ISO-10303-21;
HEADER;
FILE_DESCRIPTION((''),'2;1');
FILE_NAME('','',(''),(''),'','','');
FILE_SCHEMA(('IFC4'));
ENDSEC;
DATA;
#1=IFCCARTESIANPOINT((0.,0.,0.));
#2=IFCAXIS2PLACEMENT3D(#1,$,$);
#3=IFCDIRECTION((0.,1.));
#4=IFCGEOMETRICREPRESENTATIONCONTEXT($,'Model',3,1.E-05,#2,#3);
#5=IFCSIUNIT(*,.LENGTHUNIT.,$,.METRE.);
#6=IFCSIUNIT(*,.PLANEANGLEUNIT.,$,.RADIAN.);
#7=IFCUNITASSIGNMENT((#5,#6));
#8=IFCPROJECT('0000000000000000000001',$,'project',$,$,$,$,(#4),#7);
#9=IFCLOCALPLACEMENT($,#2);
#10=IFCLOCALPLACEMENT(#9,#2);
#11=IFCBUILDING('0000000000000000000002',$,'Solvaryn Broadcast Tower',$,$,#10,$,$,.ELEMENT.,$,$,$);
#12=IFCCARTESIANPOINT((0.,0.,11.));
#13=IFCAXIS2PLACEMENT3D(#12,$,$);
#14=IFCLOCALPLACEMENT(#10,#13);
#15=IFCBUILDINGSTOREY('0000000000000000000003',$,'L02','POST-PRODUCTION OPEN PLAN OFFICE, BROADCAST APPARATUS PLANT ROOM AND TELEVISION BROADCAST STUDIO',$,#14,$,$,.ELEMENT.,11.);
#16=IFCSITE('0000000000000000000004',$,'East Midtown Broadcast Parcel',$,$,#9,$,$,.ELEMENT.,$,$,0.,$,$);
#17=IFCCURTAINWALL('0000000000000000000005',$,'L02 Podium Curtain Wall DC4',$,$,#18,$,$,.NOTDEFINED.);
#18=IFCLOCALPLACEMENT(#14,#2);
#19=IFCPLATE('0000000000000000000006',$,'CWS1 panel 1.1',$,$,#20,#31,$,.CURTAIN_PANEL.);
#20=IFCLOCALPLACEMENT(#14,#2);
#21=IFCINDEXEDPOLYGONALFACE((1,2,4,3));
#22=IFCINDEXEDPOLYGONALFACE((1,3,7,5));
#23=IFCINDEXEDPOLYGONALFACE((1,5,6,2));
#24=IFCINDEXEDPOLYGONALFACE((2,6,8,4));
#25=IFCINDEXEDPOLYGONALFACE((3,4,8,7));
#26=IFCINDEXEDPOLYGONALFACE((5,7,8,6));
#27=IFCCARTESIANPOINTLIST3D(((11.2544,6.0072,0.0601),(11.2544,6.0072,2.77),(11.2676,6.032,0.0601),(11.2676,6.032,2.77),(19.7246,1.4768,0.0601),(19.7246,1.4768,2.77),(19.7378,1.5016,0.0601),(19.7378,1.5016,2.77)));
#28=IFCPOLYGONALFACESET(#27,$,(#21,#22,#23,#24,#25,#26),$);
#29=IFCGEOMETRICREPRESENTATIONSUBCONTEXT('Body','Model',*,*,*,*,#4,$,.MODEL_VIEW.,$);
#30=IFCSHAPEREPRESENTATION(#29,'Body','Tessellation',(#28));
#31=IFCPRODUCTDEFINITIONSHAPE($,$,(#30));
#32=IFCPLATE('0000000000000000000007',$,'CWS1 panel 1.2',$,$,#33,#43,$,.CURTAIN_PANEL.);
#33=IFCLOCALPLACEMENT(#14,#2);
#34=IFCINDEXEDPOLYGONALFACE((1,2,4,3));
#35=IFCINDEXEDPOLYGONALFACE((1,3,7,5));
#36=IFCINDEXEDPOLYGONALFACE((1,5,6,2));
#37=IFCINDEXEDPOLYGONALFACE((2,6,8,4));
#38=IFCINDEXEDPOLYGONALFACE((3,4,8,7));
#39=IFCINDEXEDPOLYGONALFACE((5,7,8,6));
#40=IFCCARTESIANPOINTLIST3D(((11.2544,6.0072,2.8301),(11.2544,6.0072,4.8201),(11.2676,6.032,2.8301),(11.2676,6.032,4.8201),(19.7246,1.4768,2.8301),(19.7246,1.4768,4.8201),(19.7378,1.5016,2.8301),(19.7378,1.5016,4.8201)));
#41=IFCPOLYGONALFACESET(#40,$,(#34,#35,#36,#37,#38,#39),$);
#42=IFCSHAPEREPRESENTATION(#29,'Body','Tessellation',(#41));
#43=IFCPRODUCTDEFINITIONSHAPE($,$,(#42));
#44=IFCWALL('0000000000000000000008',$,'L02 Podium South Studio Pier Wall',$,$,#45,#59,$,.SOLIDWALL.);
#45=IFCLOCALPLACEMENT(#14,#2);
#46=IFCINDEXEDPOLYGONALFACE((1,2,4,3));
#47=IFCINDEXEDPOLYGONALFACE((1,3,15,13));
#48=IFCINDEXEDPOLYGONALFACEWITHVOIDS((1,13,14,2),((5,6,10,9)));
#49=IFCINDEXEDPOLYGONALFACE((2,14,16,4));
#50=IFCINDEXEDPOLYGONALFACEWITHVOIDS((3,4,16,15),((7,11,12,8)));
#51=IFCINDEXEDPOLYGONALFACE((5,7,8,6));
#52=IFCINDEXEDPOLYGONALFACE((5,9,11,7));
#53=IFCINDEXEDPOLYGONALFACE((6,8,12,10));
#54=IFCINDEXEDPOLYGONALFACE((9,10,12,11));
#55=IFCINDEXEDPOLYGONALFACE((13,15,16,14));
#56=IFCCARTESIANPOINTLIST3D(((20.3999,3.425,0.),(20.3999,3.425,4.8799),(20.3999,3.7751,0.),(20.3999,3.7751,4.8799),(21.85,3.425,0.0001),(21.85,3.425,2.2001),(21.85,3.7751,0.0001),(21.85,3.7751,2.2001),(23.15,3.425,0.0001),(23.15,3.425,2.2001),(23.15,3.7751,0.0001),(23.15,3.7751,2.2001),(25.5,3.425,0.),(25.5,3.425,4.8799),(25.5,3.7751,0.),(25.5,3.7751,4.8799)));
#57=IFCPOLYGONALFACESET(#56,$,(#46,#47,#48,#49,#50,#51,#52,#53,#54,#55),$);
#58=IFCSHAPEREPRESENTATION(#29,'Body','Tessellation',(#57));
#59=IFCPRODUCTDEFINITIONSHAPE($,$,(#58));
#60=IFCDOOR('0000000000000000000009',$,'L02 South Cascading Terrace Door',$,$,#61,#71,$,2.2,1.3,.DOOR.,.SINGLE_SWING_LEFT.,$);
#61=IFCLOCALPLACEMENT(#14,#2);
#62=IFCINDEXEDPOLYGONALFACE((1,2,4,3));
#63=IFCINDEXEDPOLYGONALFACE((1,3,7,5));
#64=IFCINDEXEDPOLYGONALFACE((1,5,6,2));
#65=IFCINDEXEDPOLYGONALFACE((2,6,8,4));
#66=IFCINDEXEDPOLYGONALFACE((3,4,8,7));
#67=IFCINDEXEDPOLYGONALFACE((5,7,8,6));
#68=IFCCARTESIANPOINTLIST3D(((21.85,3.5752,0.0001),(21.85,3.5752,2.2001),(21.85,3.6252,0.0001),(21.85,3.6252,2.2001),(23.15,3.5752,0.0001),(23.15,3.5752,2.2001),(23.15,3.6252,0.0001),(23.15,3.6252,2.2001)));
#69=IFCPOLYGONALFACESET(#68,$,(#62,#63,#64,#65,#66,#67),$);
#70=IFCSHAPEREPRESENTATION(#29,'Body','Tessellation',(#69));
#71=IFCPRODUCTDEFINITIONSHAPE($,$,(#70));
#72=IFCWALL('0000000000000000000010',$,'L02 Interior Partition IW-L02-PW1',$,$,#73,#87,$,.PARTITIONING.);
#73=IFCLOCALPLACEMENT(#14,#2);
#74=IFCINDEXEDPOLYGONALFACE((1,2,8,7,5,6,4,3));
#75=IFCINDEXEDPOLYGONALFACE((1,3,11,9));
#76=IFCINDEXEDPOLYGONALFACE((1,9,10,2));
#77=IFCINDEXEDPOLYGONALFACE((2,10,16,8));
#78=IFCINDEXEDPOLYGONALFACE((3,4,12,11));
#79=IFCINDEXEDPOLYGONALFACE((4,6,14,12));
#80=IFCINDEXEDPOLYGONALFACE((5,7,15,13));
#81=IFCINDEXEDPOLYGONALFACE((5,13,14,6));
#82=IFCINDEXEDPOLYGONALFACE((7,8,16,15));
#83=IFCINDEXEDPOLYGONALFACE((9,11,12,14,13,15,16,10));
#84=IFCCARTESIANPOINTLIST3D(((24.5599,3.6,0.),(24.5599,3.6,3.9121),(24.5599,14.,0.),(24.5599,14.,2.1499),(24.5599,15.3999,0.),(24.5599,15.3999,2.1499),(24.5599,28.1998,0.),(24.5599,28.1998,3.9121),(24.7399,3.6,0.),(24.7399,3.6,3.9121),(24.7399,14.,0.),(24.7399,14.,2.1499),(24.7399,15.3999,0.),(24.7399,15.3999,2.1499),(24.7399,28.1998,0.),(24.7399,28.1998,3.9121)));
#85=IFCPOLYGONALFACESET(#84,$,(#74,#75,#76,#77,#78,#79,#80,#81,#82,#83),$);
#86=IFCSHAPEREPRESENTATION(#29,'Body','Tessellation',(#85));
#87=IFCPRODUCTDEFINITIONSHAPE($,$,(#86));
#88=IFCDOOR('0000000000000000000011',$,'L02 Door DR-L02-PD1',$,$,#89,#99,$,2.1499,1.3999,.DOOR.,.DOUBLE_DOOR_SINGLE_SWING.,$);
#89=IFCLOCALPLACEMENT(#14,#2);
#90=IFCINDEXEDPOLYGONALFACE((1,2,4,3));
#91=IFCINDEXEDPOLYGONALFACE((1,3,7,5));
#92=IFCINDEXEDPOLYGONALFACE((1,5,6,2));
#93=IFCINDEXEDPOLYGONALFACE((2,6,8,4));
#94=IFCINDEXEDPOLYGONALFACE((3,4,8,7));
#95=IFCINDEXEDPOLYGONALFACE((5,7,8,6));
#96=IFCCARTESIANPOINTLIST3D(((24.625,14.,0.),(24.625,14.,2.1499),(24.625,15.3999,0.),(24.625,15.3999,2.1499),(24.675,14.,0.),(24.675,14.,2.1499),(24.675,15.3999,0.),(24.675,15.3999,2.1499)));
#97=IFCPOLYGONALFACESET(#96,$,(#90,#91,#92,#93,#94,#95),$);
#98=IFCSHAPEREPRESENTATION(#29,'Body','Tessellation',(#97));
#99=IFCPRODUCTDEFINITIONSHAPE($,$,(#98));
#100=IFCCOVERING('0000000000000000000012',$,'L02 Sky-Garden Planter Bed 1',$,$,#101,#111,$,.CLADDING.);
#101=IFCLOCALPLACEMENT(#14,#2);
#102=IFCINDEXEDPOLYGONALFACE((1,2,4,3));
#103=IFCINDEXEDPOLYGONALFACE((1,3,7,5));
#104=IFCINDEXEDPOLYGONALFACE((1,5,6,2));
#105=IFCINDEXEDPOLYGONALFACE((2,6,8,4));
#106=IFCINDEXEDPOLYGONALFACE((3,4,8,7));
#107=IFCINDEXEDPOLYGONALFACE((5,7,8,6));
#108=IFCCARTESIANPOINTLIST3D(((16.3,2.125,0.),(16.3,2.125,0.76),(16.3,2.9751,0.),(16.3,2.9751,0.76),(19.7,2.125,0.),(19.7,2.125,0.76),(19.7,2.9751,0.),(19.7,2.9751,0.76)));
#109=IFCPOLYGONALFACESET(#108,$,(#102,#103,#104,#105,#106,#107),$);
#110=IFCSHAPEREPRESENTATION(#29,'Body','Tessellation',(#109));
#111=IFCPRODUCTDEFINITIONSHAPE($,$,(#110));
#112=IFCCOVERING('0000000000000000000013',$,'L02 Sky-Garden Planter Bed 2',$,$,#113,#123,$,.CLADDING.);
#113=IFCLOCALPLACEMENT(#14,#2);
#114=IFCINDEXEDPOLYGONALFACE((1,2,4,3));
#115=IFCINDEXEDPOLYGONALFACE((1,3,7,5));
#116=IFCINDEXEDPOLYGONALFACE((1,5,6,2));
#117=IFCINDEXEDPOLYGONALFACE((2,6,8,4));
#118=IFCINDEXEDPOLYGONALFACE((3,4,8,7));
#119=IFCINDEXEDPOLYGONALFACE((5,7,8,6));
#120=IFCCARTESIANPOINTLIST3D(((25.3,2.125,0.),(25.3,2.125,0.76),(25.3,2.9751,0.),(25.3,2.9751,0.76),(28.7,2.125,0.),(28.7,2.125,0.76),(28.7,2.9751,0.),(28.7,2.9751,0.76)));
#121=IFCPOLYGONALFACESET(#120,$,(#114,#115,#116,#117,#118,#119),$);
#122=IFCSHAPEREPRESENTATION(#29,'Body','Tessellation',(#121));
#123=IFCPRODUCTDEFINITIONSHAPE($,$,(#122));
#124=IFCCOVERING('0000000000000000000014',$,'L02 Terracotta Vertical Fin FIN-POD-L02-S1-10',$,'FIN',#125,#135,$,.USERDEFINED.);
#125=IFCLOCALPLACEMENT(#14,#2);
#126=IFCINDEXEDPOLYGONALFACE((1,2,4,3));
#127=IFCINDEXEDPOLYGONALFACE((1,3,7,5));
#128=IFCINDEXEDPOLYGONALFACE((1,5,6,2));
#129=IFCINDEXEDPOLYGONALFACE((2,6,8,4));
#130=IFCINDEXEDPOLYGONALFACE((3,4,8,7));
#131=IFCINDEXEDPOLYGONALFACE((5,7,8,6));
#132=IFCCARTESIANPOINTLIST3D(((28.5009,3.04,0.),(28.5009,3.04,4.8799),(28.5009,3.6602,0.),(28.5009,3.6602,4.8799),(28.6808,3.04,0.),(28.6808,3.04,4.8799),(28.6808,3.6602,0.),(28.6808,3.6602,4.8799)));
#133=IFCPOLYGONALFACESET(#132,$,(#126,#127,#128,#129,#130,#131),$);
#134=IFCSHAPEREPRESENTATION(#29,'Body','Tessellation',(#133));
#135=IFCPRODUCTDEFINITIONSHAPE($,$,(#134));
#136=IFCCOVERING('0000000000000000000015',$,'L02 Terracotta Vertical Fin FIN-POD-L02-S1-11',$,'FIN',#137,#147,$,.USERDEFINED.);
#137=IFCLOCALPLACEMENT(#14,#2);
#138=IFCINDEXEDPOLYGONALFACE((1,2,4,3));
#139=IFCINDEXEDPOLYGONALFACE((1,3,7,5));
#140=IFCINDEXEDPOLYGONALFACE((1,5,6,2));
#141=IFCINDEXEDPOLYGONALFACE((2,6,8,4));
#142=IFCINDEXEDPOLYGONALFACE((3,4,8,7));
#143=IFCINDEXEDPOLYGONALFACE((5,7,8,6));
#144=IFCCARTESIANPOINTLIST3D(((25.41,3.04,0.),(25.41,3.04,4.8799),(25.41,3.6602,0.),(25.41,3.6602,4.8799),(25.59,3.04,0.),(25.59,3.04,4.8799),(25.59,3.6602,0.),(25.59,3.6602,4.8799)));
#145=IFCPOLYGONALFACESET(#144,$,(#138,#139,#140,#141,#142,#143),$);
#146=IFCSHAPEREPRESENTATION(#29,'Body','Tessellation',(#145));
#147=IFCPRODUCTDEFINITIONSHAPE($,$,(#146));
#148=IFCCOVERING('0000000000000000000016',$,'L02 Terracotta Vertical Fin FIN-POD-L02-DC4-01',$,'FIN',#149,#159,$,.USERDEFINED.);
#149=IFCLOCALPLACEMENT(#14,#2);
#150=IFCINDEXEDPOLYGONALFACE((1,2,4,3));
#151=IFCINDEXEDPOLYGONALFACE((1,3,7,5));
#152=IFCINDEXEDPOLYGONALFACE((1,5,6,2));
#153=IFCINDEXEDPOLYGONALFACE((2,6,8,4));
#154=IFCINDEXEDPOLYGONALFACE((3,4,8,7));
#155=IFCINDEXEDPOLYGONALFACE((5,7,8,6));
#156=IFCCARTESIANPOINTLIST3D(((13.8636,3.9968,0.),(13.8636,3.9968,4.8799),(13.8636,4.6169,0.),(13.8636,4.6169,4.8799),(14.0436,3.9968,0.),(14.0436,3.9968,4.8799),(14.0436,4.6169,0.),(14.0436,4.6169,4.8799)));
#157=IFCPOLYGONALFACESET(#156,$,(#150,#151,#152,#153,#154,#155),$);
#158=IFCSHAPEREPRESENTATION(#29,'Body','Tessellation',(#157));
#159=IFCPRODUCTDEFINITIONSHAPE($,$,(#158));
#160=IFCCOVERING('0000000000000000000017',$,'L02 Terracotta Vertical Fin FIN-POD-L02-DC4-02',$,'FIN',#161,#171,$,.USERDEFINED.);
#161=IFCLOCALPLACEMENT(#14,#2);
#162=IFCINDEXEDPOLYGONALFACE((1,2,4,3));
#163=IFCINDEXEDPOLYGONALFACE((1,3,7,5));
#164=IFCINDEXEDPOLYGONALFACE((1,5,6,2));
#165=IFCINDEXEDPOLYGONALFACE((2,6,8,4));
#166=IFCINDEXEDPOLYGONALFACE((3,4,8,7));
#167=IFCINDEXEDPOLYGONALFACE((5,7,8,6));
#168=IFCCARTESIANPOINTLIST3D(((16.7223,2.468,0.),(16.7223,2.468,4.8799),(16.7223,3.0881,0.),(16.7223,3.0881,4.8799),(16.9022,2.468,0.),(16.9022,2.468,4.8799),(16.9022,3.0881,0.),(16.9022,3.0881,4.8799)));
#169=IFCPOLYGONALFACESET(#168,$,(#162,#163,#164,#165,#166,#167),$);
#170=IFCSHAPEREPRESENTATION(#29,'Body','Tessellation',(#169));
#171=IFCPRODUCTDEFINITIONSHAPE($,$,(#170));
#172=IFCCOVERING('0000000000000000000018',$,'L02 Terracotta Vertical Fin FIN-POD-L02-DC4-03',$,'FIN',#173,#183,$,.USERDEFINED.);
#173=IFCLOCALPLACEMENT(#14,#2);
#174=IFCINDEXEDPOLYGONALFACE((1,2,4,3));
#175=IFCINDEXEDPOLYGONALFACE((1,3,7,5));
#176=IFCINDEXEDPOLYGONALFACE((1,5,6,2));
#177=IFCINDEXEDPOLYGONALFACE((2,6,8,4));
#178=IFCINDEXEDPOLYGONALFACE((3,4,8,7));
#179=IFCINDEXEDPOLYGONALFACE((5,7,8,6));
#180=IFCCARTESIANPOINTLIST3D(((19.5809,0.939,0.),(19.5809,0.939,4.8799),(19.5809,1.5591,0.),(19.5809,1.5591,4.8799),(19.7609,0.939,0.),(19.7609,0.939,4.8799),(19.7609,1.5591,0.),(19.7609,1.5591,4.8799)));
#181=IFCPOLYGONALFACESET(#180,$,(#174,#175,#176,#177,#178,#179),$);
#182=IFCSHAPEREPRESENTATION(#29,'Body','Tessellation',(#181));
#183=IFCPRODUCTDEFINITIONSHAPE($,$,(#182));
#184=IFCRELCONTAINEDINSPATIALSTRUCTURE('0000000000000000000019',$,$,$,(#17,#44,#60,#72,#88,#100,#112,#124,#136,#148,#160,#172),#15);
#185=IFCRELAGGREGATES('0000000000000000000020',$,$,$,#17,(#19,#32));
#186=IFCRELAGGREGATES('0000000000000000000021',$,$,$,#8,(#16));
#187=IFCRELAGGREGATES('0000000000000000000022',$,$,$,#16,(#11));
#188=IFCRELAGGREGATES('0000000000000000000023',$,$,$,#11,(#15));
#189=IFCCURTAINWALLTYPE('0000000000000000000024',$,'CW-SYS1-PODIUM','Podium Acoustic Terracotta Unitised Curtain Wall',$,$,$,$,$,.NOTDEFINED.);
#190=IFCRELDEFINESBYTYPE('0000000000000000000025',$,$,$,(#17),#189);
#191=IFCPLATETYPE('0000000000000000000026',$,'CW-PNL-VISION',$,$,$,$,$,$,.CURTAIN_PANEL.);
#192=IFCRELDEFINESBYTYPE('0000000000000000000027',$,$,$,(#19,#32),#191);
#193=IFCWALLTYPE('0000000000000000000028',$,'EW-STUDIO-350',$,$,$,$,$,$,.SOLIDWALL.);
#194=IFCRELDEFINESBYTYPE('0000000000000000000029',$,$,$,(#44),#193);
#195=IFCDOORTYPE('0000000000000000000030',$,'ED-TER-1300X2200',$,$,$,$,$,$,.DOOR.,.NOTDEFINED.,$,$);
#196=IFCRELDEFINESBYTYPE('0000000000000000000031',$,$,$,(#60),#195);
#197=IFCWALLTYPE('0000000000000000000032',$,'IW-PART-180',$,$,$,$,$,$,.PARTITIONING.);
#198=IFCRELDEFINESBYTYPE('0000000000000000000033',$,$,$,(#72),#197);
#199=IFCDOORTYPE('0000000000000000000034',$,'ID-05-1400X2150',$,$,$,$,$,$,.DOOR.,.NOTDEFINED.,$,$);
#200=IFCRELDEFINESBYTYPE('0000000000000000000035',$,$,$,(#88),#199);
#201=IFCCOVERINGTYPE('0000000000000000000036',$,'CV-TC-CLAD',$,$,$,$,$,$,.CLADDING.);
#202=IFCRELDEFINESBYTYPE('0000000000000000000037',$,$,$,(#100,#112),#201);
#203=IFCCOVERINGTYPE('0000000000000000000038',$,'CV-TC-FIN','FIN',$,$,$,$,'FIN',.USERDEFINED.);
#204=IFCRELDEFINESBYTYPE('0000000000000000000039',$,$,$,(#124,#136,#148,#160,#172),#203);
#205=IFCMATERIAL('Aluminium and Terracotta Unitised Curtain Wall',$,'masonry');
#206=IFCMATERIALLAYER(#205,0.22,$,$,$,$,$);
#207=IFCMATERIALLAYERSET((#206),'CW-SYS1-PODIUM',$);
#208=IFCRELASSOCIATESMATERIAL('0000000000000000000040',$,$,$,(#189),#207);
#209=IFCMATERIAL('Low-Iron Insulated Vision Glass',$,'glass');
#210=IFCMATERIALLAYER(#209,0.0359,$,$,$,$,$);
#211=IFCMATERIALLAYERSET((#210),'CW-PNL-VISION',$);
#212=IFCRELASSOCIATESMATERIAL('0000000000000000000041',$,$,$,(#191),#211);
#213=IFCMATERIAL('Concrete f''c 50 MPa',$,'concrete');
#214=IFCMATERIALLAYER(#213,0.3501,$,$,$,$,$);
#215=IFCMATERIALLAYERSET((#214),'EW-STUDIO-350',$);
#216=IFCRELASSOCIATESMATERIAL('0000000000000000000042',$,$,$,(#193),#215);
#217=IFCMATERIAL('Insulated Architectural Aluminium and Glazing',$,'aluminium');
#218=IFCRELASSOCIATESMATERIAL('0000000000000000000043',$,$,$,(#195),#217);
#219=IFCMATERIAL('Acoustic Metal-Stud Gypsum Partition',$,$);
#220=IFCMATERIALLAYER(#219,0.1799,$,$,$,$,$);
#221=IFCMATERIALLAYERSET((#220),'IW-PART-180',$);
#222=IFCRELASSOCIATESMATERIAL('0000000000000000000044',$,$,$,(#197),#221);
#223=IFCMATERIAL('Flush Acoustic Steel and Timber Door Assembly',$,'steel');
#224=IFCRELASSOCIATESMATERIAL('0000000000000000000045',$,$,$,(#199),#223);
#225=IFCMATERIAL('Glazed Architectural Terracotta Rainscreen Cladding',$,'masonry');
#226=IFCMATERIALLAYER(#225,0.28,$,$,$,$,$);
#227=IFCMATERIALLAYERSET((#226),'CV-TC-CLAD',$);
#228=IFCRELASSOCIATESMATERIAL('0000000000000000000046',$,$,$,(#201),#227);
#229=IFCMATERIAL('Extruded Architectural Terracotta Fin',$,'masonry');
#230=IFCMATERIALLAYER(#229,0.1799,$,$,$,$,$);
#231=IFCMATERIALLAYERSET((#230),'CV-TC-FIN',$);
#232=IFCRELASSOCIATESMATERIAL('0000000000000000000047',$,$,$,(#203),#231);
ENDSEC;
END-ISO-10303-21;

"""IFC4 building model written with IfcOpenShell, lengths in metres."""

from ifc_helpers import new_model, si_unit, direction, frame, frame_2d, origin, origin_2d, place, context, subcontext, project, spatial, rectangle, extrude, material, layer, layer_set, type_object, element, fill, aggregate, save


model = new_model("IFC4")

# Units and contexts
model_context = context("Model", 3, precision=1e-05, world=origin(), true_north=direction((0.0, 1.0)))
body_context = subcontext(model_context, "Body", "Model", "MODEL_VIEW")
ifc_project = project(units=[si_unit("LENGTHUNIT", "METRE"), si_unit("PLANEANGLEUNIT", "RADIAN")], contexts=[model_context])

# Site, building, storey
site_placement = place(None, origin())
site = spatial("IfcSite", under=ifc_project, at=site_placement, Name="East Midtown Broadcast Parcel", CompositionType="ELEMENT", RefElevation=0.0)
building_placement = place(site_placement, origin())
building = spatial("IfcBuilding", under=site, at=building_placement, Name="Solvaryn Broadcast Tower", CompositionType="ELEMENT")
storey_placement = place(building_placement, frame((0.0, 0.0, 11.0)))
storey = spatial("IfcBuildingStorey", under=building, at=storey_placement, Name="L02", Description="POST-PRODUCTION OPEN PLAN OFFICE, BROADCAST APPARATUS PLANT ROOM AND TELEVISION BROADCAST STUDIO", CompositionType="ELEMENT", Elevation=11.0)

# Shared definitions
ifc_material_1 = material(Name="Aluminium and Terracotta Unitised Curtain Wall", Category="masonry")
ifc_layer_1 = layer(ifc_material_1, 0.22)
ifc_layer_set_1 = layer_set([ifc_layer_1], Name="CW-SYS1-PODIUM")
curtain_wall_type = type_object("IfcCurtainWallType", Name="CW-SYS1-PODIUM", Description="Podium Acoustic Terracotta Unitised Curtain Wall", PredefinedType="NOTDEFINED", material=ifc_layer_set_1)

# Curtain wall, plates
curtain_wall_1_placement = place(storey_placement, origin())
curtain_wall_1 = element("IfcCurtainWall", 1, at=curtain_wall_1_placement, inside=storey, type_object=curtain_wall_type, Name="L02 Podium Curtain Wall DC4", PredefinedType="NOTDEFINED")
ifc_material_2 = material(Name="Low-Iron Insulated Vision Glass", Category="glass")
ifc_layer_2 = layer(ifc_material_2, 0.0359)
ifc_layer_set_2 = layer_set([ifc_layer_2], Name="CW-PNL-VISION")
plate_type = type_object("IfcPlateType", Name="CW-PNL-VISION", PredefinedType="CURTAIN_PANEL", material=ifc_layer_set_2)
plate_1_placement = place(storey_placement, frame((15.4961, 3.7544, 0.0601), z_axis=(0.0, 0.0, 1.0), x_axis=(0.881792, -0.471639, 0.0)))
plate_1 = element("IfcPlate", 2, at=plate_1_placement, type_object=plate_type, Name="CWS1 panel 1.1", PredefinedType="CURTAIN_PANEL", context=body_context, shape_type="SweptSolid", body=[
    extrude(rectangle(XDim=9.6057, YDim=0.0281, at=origin_2d()), origin(), (0.0, 0.0, 1.0), 2.71),
])
plate_2_placement = place(storey_placement, frame((15.4961, 3.7544, 2.8301), z_axis=(0.0, 0.0, 1.0), x_axis=(0.881792, -0.471639, 0.0)))
plate_2 = element("IfcPlate", 3, at=plate_2_placement, type_object=plate_type, Name="CWS1 panel 1.2", PredefinedType="CURTAIN_PANEL", context=body_context, shape_type="SweptSolid", body=[
    extrude(rectangle(XDim=9.6057, YDim=0.0281, at=origin_2d()), origin(), (0.0, 0.0, 1.0), 1.99),
])
aggregate(curtain_wall_1, [plate_1, plate_2])

# Walls, openings, doors
ifc_material_3 = material(Name="Concrete f'c 50 MPa", Category="concrete")
ifc_layer_3 = layer(ifc_material_3, 0.3501)
ifc_layer_set_3 = layer_set([ifc_layer_3], Name="EW-STUDIO-350")
wall_type_1 = type_object("IfcWallType", Name="EW-STUDIO-350", PredefinedType="SOLIDWALL", material=ifc_layer_set_3)
wall_1_placement = place(storey_placement, frame((25.5, 3.6001, 0.0), z_axis=(0.0, 0.0, 1.0), x_axis=(-1.0, 0.0, 0.0)))
wall_1 = element("IfcWall", 4, at=wall_1_placement, inside=storey, type_object=wall_type_1, Name="L02 Podium South Studio Pier Wall", PredefinedType="SOLIDWALL", context=body_context, shape_type="SweptSolid", body=[
    extrude(rectangle(XDim=5.1001, YDim=0.3501, at=frame_2d((2.55, 0.0))), origin(), (0.0, 0.0, 1.0), 4.8799),
])
opening_1_placement = place(wall_1_placement, frame((2.3501, 0.0, 0.0)))
opening_1 = element("IfcOpeningElement", 5, at=opening_1_placement, cuts=wall_1, PredefinedType="OPENING", context=body_context, shape_type="SweptSolid", body=[
    extrude(rectangle(XDim=1.3, YDim=2.2, at=frame_2d((0.6499, 1.1001))), frame((0.0, 0.1851, 0.0), z_axis=(0.0, -1.0, 0.0), x_axis=(1.0, 0.0, 0.0)), (0.0, 0.0, 1.0), 0.3701),
])
ifc_material_4 = material(Name="Insulated Architectural Aluminium and Glazing", Category="aluminium")
door_type_1 = type_object("IfcDoorType", Name="ED-TER-1300X2200", OperationType="NOTDEFINED", PredefinedType="DOOR", material=ifc_material_4)
door_1_placement = place(opening_1_placement, origin())
door_1 = element("IfcDoor", 6, at=door_1_placement, inside=storey, type_object=door_type_1, Name="L02 South Cascading Terrace Door", OperationType="SINGLE_SWING_LEFT", OverallHeight=2.2, OverallWidth=1.3, PredefinedType="DOOR", context=body_context, shape_type="SweptSolid", body=[
    extrude(rectangle(XDim=1.3, YDim=2.2, at=frame_2d((0.6499, 1.1001))), frame((0.0, 0.0249, 0.0), z_axis=(0.0, -1.0, 0.0), x_axis=(1.0, 0.0, 0.0)), (0.0, 0.0, 1.0), 0.05),
])
fill(opening_1, door_1)
ifc_material_5 = material(Name="Acoustic Metal-Stud Gypsum Partition")
ifc_layer_4 = layer(ifc_material_5, 0.1799)
ifc_layer_set_4 = layer_set([ifc_layer_4], Name="IW-PART-180")
wall_type_2 = type_object("IfcWallType", Name="IW-PART-180", PredefinedType="PARTITIONING", material=ifc_layer_set_4)
wall_2_placement = place(storey_placement, frame((24.6499, 3.6001, 0.0), z_axis=(0.0, 0.0, 1.0), x_axis=(0.0, 1.0, 0.0)))
wall_2 = element("IfcWall", 7, at=wall_2_placement, inside=storey, type_object=wall_type_2, Name="L02 Interior Partition IW-L02-PW1", PredefinedType="PARTITIONING", context=body_context, shape_type="SweptSolid", body=[
    extrude(rectangle(XDim=24.5999, YDim=0.1799, at=frame_2d((12.2998, 0.0))), origin(), (0.0, 0.0, 1.0), 3.9121),
])
opening_2_placement = place(wall_2_placement, frame((10.3999, 0.0, 0.0)))
opening_2 = element("IfcOpeningElement", 8, at=opening_2_placement, cuts=wall_2, PredefinedType="OPENING", context=body_context, shape_type="SweptSolid", body=[
    extrude(rectangle(XDim=1.3999, YDim=2.1499, at=frame_2d((0.7, 1.075))), frame((0.0, 0.0999, 0.0), z_axis=(0.0, -1.0, 0.0), x_axis=(1.0, 0.0, 0.0)), (0.0, 0.0, 1.0), 0.2),
])
ifc_material_6 = material(Name="Flush Acoustic Steel and Timber Door Assembly", Category="steel")
door_type_2 = type_object("IfcDoorType", Name="ID-05-1400X2150", OperationType="NOTDEFINED", PredefinedType="DOOR", material=ifc_material_6)
door_2_placement = place(opening_2_placement, origin())
door_2 = element("IfcDoor", 9, at=door_2_placement, inside=storey, type_object=door_type_2, Name="L02 Door DR-L02-PD1", OperationType="DOUBLE_DOOR_SINGLE_SWING", OverallHeight=2.1499, OverallWidth=1.3999, PredefinedType="DOOR", context=body_context, shape_type="SweptSolid", body=[
    extrude(rectangle(XDim=1.3999, YDim=2.1499, at=frame_2d((0.7, 1.075))), frame((0.0, 0.0249, 0.0), z_axis=(0.0, -1.0, 0.0), x_axis=(1.0, 0.0, 0.0)), (0.0, 0.0, 1.0), 0.05),
])
fill(opening_2, door_2)

# Coverings
ifc_material_7 = material(Name="Glazed Architectural Terracotta Rainscreen Cladding", Category="masonry")
ifc_layer_5 = layer(ifc_material_7, 0.28)
ifc_layer_set_5 = layer_set([ifc_layer_5], Name="CV-TC-CLAD")
covering_type_1 = type_object("IfcCoveringType", Name="CV-TC-CLAD", PredefinedType="CLADDING", material=ifc_layer_set_5)
for number, where, z_axis, x_axis, name in (
    (10, (18.0, 2.55, 0.0), (0.0, 0.0, 1.0), (1.0, 0.0, 0.0), "L02 Sky-Garden Planter Bed 1"),
    (11, (27.0, 2.55, 0.0), (0.0, 0.0, 1.0), (1.0, 0.0, 0.0), "L02 Sky-Garden Planter Bed 2"),
):
    element("IfcCovering", number, at=place(storey_placement, frame(where, z_axis=z_axis, x_axis=x_axis)), inside=storey, type_object=covering_type_1, Name=name, PredefinedType="CLADDING", context=body_context, shape_type="SweptSolid", body=[
        extrude(rectangle(XDim=3.3999, YDim=0.8501, at=origin_2d()), origin(), (0.0, 0.0, 1.0), 0.76),
    ])
ifc_material_8 = material(Name="Extruded Architectural Terracotta Fin", Category="masonry")
ifc_layer_6 = layer(ifc_material_8, 0.1799)
ifc_layer_set_6 = layer_set([ifc_layer_6], Name="CV-TC-FIN")
covering_type_2 = type_object("IfcCoveringType", Name="CV-TC-FIN", Description="FIN", ElementType="FIN", PredefinedType="USERDEFINED", material=ifc_layer_set_6)
for number, where, z_axis, x_axis, name in (
    (12, (28.5908, 3.3501, 0.0), (0.0, 0.0, 1.0), (1.0, 0.0, 0.0), "L02 Terracotta Vertical Fin FIN-POD-L02-S1-10"),
    (13, (25.5, 3.3501, 0.0), (0.0, 0.0, 1.0), (1.0, 0.0, 0.0), "L02 Terracotta Vertical Fin FIN-POD-L02-S1-11"),
    (14, (13.9536, 4.3069, 0.0), (0.0, 0.0, 1.0), (1.0, 0.0, 0.0), "L02 Terracotta Vertical Fin FIN-POD-L02-DC4-01"),
    (15, (16.8123, 2.7781, 0.0), (0.0, 0.0, 1.0), (1.0, 0.0, 0.0), "L02 Terracotta Vertical Fin FIN-POD-L02-DC4-02"),
    (16, (19.6709, 1.249, 0.0), (0.0, 0.0, 1.0), (1.0, 0.0, 0.0), "L02 Terracotta Vertical Fin FIN-POD-L02-DC4-03"),
):
    element("IfcCovering", number, at=place(storey_placement, frame(where, z_axis=z_axis, x_axis=x_axis)), inside=storey, type_object=covering_type_2, Name=name, ObjectType="FIN", PredefinedType="USERDEFINED", context=body_context, shape_type="SweptSolid", body=[
        extrude(rectangle(XDim=0.1799, YDim=0.6201, at=origin_2d()), origin(), (0.0, 0.0, 1.0), 4.8799),
    ])

save(model, "model.ifc")
